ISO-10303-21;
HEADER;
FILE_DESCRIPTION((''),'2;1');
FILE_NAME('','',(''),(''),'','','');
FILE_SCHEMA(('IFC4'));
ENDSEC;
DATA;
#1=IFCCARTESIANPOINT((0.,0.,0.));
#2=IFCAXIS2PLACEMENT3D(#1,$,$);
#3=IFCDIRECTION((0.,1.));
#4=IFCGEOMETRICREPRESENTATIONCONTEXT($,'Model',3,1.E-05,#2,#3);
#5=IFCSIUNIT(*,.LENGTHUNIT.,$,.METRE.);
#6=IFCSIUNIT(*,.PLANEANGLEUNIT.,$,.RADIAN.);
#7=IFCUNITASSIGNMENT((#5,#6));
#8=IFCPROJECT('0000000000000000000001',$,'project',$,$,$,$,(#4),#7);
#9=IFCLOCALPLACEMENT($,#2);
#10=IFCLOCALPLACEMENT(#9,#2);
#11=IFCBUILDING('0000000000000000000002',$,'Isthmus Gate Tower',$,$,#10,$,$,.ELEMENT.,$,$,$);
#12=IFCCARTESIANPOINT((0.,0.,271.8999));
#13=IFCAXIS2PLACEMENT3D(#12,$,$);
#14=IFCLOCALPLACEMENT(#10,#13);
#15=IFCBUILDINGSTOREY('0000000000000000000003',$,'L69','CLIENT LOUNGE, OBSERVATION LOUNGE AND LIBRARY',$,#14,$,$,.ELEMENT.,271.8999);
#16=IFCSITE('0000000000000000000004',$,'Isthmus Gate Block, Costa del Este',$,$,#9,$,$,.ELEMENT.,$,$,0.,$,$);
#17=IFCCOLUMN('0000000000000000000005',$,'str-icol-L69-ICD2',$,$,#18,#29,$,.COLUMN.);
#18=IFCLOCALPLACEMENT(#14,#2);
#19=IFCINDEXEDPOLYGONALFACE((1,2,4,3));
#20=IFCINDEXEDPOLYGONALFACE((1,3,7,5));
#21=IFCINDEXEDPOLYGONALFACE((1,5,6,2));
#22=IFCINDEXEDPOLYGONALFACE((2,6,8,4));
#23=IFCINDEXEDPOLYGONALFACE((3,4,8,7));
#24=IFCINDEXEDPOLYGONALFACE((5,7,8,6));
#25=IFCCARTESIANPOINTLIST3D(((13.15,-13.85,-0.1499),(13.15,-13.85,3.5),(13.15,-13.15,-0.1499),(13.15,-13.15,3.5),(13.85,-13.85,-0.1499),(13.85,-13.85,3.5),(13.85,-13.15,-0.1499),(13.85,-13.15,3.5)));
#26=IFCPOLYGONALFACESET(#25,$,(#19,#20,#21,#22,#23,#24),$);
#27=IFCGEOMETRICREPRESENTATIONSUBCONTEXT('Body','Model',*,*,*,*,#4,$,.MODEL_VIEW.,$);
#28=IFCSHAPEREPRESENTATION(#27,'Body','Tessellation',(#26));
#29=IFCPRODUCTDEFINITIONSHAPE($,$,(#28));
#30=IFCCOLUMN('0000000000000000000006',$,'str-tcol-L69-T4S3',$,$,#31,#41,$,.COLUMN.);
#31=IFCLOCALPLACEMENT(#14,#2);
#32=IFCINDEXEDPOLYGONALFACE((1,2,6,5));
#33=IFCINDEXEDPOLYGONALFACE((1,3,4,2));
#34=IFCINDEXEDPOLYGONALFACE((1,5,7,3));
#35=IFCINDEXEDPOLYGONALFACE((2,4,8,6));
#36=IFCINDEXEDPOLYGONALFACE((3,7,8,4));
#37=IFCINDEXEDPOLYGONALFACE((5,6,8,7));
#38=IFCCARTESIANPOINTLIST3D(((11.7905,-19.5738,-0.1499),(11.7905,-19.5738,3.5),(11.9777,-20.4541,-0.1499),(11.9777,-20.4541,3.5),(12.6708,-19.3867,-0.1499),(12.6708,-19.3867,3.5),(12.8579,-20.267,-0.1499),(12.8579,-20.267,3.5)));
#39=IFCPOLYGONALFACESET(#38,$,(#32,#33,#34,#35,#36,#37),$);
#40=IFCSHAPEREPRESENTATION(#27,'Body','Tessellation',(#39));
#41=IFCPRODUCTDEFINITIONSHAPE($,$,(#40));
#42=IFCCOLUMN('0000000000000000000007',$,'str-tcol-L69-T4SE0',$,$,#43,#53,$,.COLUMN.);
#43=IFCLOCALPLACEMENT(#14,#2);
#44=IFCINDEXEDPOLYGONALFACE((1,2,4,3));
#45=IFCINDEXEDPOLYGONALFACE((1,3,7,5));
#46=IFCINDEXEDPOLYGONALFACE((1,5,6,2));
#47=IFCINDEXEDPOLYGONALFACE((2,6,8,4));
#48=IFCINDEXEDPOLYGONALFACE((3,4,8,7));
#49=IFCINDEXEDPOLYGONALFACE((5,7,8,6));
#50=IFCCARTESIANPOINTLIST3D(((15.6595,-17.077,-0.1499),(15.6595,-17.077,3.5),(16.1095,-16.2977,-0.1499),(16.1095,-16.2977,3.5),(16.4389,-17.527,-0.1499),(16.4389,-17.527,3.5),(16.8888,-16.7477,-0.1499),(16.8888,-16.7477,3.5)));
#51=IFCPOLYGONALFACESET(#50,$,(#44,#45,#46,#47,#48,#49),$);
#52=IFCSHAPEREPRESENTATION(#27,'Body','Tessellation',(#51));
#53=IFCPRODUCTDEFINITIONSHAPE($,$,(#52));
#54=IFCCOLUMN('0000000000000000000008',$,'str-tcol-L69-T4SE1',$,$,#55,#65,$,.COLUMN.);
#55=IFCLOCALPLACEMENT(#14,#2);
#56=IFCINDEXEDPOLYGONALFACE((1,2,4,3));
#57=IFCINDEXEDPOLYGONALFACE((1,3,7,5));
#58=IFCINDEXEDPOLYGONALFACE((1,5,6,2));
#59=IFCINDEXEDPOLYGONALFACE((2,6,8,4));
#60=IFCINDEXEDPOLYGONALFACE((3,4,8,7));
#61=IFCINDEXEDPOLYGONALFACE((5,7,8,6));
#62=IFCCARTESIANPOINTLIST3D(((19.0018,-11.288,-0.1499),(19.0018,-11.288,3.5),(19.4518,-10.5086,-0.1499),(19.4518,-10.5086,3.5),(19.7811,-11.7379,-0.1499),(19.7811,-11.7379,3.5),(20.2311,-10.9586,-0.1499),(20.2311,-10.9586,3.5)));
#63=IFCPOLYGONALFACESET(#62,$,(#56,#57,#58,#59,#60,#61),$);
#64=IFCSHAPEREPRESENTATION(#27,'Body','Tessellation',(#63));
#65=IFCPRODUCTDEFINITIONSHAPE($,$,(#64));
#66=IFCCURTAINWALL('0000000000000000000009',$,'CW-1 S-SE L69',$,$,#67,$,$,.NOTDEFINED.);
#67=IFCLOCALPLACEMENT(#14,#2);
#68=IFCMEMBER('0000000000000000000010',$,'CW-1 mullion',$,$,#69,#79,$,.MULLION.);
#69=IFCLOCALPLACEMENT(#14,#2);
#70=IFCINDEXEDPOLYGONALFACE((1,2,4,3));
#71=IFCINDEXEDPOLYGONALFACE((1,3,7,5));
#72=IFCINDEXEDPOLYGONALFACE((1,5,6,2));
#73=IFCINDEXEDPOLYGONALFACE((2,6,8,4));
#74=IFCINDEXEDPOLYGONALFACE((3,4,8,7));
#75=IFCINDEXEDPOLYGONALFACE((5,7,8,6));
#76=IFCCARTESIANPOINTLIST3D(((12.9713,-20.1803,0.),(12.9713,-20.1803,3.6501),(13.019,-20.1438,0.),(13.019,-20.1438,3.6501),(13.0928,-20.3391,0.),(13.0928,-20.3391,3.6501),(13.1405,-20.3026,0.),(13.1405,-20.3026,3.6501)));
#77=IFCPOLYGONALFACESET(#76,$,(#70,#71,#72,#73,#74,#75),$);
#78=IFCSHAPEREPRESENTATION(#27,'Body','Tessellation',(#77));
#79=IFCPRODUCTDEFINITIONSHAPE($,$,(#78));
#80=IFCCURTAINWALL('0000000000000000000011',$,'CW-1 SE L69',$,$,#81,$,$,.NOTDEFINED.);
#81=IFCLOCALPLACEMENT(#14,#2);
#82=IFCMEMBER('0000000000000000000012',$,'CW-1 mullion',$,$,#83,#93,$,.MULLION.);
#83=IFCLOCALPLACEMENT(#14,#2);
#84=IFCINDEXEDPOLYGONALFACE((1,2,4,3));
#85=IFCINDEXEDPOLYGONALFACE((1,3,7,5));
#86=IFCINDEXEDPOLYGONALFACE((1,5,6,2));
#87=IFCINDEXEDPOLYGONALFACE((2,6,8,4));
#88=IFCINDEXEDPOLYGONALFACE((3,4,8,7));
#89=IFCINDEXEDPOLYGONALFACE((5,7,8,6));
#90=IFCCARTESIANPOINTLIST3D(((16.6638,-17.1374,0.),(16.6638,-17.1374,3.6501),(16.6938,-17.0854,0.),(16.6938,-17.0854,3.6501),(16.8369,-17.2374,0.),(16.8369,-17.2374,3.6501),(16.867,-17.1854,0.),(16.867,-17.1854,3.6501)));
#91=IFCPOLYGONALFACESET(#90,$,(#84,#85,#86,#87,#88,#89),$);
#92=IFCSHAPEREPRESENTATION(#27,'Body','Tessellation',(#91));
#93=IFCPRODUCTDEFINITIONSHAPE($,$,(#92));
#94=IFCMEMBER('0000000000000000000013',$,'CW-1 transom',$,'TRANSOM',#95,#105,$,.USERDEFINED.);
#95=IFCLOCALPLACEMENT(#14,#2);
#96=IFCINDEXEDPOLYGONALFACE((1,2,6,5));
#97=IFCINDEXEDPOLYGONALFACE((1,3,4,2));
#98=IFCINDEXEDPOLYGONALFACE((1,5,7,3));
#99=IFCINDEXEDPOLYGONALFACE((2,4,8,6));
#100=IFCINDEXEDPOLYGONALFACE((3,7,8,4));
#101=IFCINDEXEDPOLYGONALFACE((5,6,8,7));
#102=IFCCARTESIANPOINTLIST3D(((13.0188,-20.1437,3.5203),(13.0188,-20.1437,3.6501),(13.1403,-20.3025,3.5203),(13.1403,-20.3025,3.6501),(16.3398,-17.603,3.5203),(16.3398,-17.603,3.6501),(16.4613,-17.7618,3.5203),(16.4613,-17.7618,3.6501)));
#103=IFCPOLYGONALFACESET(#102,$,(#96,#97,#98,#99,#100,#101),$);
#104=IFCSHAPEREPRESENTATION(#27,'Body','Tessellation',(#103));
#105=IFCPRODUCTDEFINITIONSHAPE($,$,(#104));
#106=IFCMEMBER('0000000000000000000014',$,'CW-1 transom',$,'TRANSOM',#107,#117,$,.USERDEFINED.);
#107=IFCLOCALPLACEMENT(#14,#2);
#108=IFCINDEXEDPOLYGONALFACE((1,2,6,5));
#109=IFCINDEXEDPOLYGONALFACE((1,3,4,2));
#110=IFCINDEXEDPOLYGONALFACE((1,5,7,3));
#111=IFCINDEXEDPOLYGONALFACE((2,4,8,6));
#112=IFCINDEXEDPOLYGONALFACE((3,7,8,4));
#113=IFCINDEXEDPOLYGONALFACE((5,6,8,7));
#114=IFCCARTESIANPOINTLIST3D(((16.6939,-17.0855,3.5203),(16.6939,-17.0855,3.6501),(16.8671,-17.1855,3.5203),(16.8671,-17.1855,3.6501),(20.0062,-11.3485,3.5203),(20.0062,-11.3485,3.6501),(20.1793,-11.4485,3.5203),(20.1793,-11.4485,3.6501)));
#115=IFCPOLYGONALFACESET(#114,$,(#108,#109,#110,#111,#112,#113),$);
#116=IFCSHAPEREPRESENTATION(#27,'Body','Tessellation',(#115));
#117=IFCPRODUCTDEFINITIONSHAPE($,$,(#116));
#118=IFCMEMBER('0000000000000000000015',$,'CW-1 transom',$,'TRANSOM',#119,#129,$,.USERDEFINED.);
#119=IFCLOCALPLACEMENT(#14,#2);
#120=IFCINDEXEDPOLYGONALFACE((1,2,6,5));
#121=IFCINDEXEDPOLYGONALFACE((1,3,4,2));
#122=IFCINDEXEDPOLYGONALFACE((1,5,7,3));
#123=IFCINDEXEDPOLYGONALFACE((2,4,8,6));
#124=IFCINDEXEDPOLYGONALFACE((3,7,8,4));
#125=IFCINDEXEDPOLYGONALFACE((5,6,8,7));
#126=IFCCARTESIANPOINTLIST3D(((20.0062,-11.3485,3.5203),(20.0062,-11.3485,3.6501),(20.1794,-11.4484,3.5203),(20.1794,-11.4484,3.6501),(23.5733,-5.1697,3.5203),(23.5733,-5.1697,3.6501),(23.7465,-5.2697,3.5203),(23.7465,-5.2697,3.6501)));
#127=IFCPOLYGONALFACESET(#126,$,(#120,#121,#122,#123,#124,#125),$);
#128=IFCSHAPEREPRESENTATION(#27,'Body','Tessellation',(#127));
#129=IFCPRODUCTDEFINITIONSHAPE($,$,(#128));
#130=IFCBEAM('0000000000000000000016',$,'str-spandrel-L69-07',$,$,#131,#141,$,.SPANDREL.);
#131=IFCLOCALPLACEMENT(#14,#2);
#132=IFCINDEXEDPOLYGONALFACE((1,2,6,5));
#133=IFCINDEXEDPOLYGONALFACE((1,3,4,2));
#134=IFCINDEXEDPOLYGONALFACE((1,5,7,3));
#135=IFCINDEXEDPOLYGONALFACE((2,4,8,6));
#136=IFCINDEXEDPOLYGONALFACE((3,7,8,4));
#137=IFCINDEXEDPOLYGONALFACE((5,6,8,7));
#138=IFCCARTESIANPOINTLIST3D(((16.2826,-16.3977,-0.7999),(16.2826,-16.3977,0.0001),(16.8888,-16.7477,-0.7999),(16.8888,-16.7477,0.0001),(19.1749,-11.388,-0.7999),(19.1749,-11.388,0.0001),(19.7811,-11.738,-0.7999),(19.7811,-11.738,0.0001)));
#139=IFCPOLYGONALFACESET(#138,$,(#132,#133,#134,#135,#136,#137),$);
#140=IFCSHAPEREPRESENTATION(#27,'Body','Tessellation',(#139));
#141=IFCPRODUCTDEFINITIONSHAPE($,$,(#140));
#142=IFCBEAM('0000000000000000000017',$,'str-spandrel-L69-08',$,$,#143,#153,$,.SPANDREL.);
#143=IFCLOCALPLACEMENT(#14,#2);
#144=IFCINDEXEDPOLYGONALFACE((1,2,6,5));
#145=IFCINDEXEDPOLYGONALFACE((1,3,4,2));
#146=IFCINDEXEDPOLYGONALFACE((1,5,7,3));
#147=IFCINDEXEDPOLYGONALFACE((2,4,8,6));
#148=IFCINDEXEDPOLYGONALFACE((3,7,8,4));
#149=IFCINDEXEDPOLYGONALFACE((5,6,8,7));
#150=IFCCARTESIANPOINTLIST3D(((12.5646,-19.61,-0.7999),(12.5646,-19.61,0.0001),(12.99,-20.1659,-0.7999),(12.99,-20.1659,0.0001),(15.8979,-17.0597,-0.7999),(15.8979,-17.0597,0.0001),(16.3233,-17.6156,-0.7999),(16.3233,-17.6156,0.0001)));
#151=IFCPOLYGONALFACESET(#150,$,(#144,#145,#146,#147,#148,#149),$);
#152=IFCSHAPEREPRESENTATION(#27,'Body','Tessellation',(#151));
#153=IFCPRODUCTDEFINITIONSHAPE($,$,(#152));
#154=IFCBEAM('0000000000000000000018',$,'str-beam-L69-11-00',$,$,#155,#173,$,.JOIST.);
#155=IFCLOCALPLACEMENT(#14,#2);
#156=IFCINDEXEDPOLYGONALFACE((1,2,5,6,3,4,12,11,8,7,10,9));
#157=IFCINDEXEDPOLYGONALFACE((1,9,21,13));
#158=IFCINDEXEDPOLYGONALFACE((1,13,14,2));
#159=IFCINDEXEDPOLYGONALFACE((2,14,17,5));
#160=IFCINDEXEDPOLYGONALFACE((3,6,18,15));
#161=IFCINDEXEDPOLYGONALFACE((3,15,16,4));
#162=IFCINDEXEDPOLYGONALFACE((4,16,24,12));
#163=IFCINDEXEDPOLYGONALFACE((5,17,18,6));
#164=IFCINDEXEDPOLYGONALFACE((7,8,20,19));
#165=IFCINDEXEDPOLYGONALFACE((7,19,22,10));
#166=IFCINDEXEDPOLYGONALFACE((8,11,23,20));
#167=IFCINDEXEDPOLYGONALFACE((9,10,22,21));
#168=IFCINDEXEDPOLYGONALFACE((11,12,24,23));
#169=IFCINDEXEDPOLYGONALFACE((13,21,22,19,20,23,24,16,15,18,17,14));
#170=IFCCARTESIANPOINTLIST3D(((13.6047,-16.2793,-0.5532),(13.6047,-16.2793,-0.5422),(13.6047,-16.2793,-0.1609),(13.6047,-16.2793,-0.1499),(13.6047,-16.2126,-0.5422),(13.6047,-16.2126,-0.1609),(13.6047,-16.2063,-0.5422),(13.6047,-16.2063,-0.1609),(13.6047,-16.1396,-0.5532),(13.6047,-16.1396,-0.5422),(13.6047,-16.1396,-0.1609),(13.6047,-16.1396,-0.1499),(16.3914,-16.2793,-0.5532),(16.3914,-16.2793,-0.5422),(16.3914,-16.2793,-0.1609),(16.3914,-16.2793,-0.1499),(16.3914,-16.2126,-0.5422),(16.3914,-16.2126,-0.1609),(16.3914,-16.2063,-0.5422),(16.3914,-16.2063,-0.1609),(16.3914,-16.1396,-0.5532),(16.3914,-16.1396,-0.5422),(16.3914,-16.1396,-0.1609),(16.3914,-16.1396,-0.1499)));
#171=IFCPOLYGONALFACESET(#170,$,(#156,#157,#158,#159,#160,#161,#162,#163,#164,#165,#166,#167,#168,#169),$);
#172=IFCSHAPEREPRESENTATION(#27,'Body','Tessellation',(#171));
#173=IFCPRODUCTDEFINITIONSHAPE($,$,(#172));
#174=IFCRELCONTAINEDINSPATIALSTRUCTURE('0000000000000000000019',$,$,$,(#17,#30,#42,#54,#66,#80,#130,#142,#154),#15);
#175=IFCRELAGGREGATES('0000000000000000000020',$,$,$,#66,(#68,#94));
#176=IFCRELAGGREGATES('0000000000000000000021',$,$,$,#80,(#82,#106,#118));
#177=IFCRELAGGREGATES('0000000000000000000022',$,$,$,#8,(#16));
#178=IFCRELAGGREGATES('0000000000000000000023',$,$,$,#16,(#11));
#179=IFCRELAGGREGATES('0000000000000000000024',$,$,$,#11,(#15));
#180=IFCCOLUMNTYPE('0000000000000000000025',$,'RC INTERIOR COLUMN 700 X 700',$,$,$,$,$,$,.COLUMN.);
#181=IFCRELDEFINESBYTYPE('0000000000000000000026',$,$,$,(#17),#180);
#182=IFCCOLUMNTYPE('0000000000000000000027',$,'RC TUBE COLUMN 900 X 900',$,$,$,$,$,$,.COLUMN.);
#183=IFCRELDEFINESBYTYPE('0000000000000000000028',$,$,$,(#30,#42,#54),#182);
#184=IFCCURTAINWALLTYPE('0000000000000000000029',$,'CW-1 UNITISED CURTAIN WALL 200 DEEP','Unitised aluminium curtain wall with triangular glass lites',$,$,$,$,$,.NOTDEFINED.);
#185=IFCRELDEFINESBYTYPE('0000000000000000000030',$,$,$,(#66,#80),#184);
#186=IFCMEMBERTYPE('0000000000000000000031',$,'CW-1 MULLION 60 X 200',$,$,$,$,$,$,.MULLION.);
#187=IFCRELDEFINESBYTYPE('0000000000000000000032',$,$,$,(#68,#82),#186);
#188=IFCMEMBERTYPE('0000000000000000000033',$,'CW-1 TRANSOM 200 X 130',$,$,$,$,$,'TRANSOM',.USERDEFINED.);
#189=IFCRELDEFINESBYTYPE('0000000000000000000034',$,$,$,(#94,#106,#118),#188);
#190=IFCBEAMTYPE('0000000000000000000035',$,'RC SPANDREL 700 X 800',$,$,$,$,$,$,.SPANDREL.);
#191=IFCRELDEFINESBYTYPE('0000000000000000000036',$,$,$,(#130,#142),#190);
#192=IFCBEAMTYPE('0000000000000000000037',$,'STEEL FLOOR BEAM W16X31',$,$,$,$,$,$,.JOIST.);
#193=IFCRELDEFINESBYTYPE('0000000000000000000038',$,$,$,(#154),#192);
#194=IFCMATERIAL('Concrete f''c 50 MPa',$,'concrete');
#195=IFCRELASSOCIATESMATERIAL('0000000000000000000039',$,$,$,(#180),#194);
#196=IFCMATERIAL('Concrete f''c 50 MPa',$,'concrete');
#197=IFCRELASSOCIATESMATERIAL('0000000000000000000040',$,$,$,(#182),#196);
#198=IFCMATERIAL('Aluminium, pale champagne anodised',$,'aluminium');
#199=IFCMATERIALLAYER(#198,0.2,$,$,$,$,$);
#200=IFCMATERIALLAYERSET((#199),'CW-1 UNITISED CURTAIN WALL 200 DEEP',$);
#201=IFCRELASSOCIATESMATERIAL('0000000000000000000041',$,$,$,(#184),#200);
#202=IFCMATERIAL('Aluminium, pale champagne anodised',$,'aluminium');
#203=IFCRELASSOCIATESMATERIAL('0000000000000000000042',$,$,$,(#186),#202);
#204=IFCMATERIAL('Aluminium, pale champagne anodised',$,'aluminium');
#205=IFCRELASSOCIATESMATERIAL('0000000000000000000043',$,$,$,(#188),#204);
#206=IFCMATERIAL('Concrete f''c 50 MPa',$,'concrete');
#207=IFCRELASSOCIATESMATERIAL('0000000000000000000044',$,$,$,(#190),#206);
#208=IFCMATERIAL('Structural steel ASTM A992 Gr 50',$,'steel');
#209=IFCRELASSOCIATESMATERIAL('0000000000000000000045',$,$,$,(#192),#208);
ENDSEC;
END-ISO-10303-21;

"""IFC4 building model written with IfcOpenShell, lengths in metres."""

from ifc_helpers import new_model, si_unit, direction, frame, origin, origin_2d, place, context, subcontext, project, spatial, rectangle, i_section, extrude, material, layer, layer_set, material_profile, profile_set, type_object, element, aggregate, save


model = new_model("IFC4")

# Units and contexts
model_context = context("Model", 3, precision=1e-05, world=origin(), true_north=direction((0.0, 1.0)))
body_context = subcontext(model_context, "Body", "Model", "MODEL_VIEW")
ifc_project = project(units=[si_unit("LENGTHUNIT", "METRE"), si_unit("PLANEANGLEUNIT", "RADIAN")], contexts=[model_context])

# Site, building, storey
site_placement = place(None, origin())
site = spatial("IfcSite", under=ifc_project, at=site_placement, Name="Isthmus Gate Block, Costa del Este", CompositionType="ELEMENT", RefElevation=0.0)
building_placement = place(site_placement, origin())
building = spatial("IfcBuilding", under=site, at=building_placement, Name="Isthmus Gate Tower", CompositionType="ELEMENT")
storey_placement = place(building_placement, frame((0.0, 0.0, 271.8999)))
storey = spatial("IfcBuildingStorey", under=building, at=storey_placement, Name="L69", Description="CLIENT LOUNGE, OBSERVATION LOUNGE AND LIBRARY", CompositionType="ELEMENT", Elevation=271.8999)

# Columns
ifc_material_1 = material(Name="Concrete f'c 50 MPa", Category="concrete")
ifc_material_profile_1 = material_profile(ifc_material_1, rectangle(XDim=0.7, YDim=0.7, at=origin_2d()), Name="RC 700X700")
ifc_profile_set_1 = profile_set([ifc_material_profile_1], Name="Concrete f'c 50 MPa")
column_type_1 = type_object("IfcColumnType", Name="RC INTERIOR COLUMN 700 X 700", PredefinedType="COLUMN", material=ifc_profile_set_1)
column_placement = place(storey_placement, frame((13.5, -13.5, -0.1499), z_axis=(0.0, 0.0, 1.0), x_axis=(1.0, 0.0, 0.0)))
element("IfcColumn", 1, at=column_placement, inside=storey, type_object=column_type_1, Name="str-icol-L69-ICD2", PredefinedType="COLUMN", context=body_context, shape_type="SweptSolid", body=[
    extrude(rectangle(XDim=0.7, YDim=0.7, at=origin_2d()), origin(), (0.0, 0.0, 1.0), 3.6499),
])
ifc_material_2 = material(Name="Concrete f'c 50 MPa", Category="concrete")
ifc_material_profile_2 = material_profile(ifc_material_2, rectangle(XDim=0.8999, YDim=0.8999, at=origin_2d()), Name="RC 900X900")
ifc_profile_set_2 = profile_set([ifc_material_profile_2], Name="Concrete f'c 50 MPa")
column_type_2 = type_object("IfcColumnType", Name="RC TUBE COLUMN 900 X 900", PredefinedType="COLUMN", material=ifc_profile_set_2)
for number, where, z_axis, x_axis, name in (
    (2, (12.3242, -19.9204, -0.1499), (0.0, 0.0, 1.0), (0.978148, 0.207912, 0.0), "str-tcol-L69-T4S3"),
    (3, (16.2742, -16.9124, -0.1499), (0.0, 0.0, 1.0), (0.5, 0.866025, 0.0), "str-tcol-L69-T4SE0"),
    (4, (19.6165, -11.1233, -0.1499), (0.0, 0.0, 1.0), (0.5, 0.866025, 0.0), "str-tcol-L69-T4SE1"),
):
    element("IfcColumn", number, at=place(storey_placement, frame(where, z_axis=z_axis, x_axis=x_axis)), inside=storey, type_object=column_type_2, Name=name, PredefinedType="COLUMN", context=body_context, shape_type="SweptSolid", body=[
        extrude(rectangle(XDim=0.8999, YDim=0.8999, at=origin_2d()), origin(), (0.0, 0.0, 1.0), 3.6499),
    ])

# Curtain walls, members
ifc_material_3 = material(Name="Aluminium, pale champagne anodised", Category="aluminium")
ifc_layer_1 = layer(ifc_material_3, 0.2)
ifc_layer_set_1 = layer_set([ifc_layer_1], Name="CW-1 UNITISED CURTAIN WALL 200 DEEP")
curtain_wall_type = type_object("IfcCurtainWallType", Name="CW-1 UNITISED CURTAIN WALL 200 DEEP", Description="Unitised aluminium curtain wall with triangular glass lites", PredefinedType="NOTDEFINED", material=ifc_layer_set_1)
curtain_wall_1_placement = place(storey_placement, origin())
curtain_wall_1 = element("IfcCurtainWall", 5, at=curtain_wall_1_placement, inside=storey, type_object=curtain_wall_type, Name="CW-1 S-SE L69", PredefinedType="NOTDEFINED")
ifc_material_4 = material(Name="Aluminium, pale champagne anodised", Category="aluminium")
ifc_material_profile_3 = material_profile(ifc_material_4, rectangle(XDim=0.0601, YDim=0.2, at=origin_2d()), Name="60x200")
ifc_profile_set_3 = profile_set([ifc_material_profile_3], Name="Aluminium, pale champagne anodised")
member_type_1 = type_object("IfcMemberType", Name="CW-1 MULLION 60 X 200", PredefinedType="MULLION", material=ifc_profile_set_3)
member_1_placement = place(storey_placement, frame((13.0559, -20.2415, 0.0), z_axis=(0.0, 0.0, 1.0), x_axis=(0.794189, 0.607671, 0.0)))
member_1 = element("IfcMember", 6, at=member_1_placement, type_object=member_type_1, Name="CW-1 mullion", PredefinedType="MULLION", context=body_context, shape_type="SweptSolid", body=[
    extrude(rectangle(XDim=0.0601, YDim=0.2, at=origin_2d()), origin(), (0.0, 0.0, 1.0), 3.6501),
])
curtain_wall_2_placement = place(storey_placement, origin())
curtain_wall_2 = element("IfcCurtainWall", 7, at=curtain_wall_2_placement, inside=storey, type_object=curtain_wall_type, Name="CW-1 SE L69", PredefinedType="NOTDEFINED")
member_2_placement = place(storey_placement, frame((16.7654, -17.1614, 0.0), z_axis=(0.0, 0.0, 1.0), x_axis=(0.5, 0.866025, 0.0)))
member_2 = element("IfcMember", 8, at=member_2_placement, type_object=member_type_1, Name="CW-1 mullion", PredefinedType="MULLION", context=body_context, shape_type="SweptSolid", body=[
    extrude(rectangle(XDim=0.0601, YDim=0.2, at=origin_2d()), origin(), (0.0, 0.0, 1.0), 3.6501),
])

# Members
ifc_material_5 = material(Name="Aluminium, pale champagne anodised", Category="aluminium")
ifc_material_profile_4 = material_profile(ifc_material_5, rectangle(XDim=0.2, YDim=0.1299, at=origin_2d()), Name="200x130")
ifc_profile_set_4 = profile_set([ifc_material_profile_4], Name="Aluminium, pale champagne anodised")
member_type_2 = type_object("IfcMemberType", Name="CW-1 TRANSOM 200 X 130", ElementType="TRANSOM", PredefinedType="USERDEFINED", material=ifc_profile_set_4)
member_3_placement = place(storey_placement, frame((13.0796, -20.2231, 3.5852), z_axis=(0.794225, 0.607623, 0.0), x_axis=(-0.607623, 0.794225, 0.0)))
member_3 = element("IfcMember", 9, at=member_3_placement, type_object=member_type_2, Name="CW-1 transom", ObjectType="TRANSOM", PredefinedType="USERDEFINED", context=body_context, shape_type="SweptSolid", body=[
    extrude(rectangle(XDim=0.2, YDim=0.1299, at=origin_2d()), origin(), (0.0, 0.0, 1.0), 4.1814),
])
member_4_placement = place(storey_placement, frame((16.7805, -17.1355, 3.5852), z_axis=(0.499996, 0.866028, 0.0), x_axis=(-0.866028, 0.499996, 0.0)))
member_4 = element("IfcMember", 10, at=member_4_placement, type_object=member_type_2, Name="CW-1 transom", ObjectType="TRANSOM", PredefinedType="USERDEFINED", context=body_context, shape_type="SweptSolid", body=[
    extrude(rectangle(XDim=0.2, YDim=0.1299, at=origin_2d()), origin(), (0.0, 0.0, 1.0), 6.6245),
])
member_5_placement = place(storey_placement, frame((20.0928, -11.3984, 3.5852), z_axis=(0.499985, 0.866034, 0.0), x_axis=(-0.866034, 0.499985, 0.0)))
member_5 = element("IfcMember", 11, at=member_5_placement, type_object=member_type_2, Name="CW-1 transom", ObjectType="TRANSOM", PredefinedType="USERDEFINED", context=body_context, shape_type="SweptSolid", body=[
    extrude(rectangle(XDim=0.2, YDim=0.1299, at=origin_2d()), origin(), (0.0, 0.0, 1.0), 7.1345),
])

# Beams
ifc_material_6 = material(Name="Concrete f'c 50 MPa", Category="concrete")
ifc_material_profile_5 = material_profile(ifc_material_6, rectangle(XDim=0.7, YDim=0.8, at=origin_2d()), Name="RC 700X800")
ifc_profile_set_5 = profile_set([ifc_material_profile_5], Name="Concrete f'c 50 MPa")
beam_type_1 = type_object("IfcBeamType", Name="RC SPANDREL 700 X 800", PredefinedType="SPANDREL", material=ifc_profile_set_5)
beam_1_placement = place(storey_placement, frame((19.478, -11.563, -0.3999), z_axis=(-0.499993, -0.86603, 0.0), x_axis=(0.86603, -0.499993, 0.0)))
element("IfcBeam", 12, at=beam_1_placement, inside=storey, type_object=beam_type_1, Name="str-spandrel-L69-07", PredefinedType="SPANDREL", context=body_context, shape_type="SweptSolid", body=[
    extrude(rectangle(XDim=0.7, YDim=0.8, at=origin_2d()), origin(), (0.0, 0.0, 1.0), 5.7847),
])
beam_2_placement = place(storey_placement, frame((16.1106, -17.3376, -0.3999), z_axis=(-0.794204, -0.607651, 0.0), x_axis=(0.607651, -0.794204, 0.0)))
element("IfcBeam", 13, at=beam_2_placement, inside=storey, type_object=beam_type_1, Name="str-spandrel-L69-08", PredefinedType="SPANDREL", context=body_context, shape_type="SweptSolid", body=[
    extrude(rectangle(XDim=0.7, YDim=0.8, at=origin_2d()), origin(), (0.0, 0.0, 1.0), 4.197),
])
ifc_material_7 = material(Name="Structural steel ASTM A992 Gr 50", Category="steel")
ifc_material_profile_6 = material_profile(ifc_material_7, i_section(OverallWidth=0.1396, OverallDepth=0.4033, WebThickness=0.0063, FlangeThickness=0.011, at=origin_2d()), Name="W16X31")
ifc_profile_set_6 = profile_set([ifc_material_profile_6], Name="Structural steel ASTM A992 Gr 50")
beam_type_2 = type_object("IfcBeamType", Name="STEEL FLOOR BEAM W16X31", PredefinedType="JOIST", material=ifc_profile_set_6)
beam_3_placement = place(storey_placement, frame((13.6047, -16.2095, -0.3516), z_axis=(1.0, 0.0, 0.0), x_axis=(0.0, 1.0, 0.0)))
element("IfcBeam", 14, at=beam_3_placement, inside=storey, type_object=beam_type_2, Name="str-beam-L69-11-00", PredefinedType="JOIST", context=body_context, shape_type="SweptSolid", body=[
    extrude(i_section(OverallWidth=0.1396, OverallDepth=0.4033, WebThickness=0.0063, FlangeThickness=0.011, at=origin_2d()), origin(), (0.0, 0.0, 1.0), 2.7866),
])

aggregate(curtain_wall_1, [member_1, member_3])
aggregate(curtain_wall_2, [member_2, member_4, member_5])

save(model, "model.ifc")
